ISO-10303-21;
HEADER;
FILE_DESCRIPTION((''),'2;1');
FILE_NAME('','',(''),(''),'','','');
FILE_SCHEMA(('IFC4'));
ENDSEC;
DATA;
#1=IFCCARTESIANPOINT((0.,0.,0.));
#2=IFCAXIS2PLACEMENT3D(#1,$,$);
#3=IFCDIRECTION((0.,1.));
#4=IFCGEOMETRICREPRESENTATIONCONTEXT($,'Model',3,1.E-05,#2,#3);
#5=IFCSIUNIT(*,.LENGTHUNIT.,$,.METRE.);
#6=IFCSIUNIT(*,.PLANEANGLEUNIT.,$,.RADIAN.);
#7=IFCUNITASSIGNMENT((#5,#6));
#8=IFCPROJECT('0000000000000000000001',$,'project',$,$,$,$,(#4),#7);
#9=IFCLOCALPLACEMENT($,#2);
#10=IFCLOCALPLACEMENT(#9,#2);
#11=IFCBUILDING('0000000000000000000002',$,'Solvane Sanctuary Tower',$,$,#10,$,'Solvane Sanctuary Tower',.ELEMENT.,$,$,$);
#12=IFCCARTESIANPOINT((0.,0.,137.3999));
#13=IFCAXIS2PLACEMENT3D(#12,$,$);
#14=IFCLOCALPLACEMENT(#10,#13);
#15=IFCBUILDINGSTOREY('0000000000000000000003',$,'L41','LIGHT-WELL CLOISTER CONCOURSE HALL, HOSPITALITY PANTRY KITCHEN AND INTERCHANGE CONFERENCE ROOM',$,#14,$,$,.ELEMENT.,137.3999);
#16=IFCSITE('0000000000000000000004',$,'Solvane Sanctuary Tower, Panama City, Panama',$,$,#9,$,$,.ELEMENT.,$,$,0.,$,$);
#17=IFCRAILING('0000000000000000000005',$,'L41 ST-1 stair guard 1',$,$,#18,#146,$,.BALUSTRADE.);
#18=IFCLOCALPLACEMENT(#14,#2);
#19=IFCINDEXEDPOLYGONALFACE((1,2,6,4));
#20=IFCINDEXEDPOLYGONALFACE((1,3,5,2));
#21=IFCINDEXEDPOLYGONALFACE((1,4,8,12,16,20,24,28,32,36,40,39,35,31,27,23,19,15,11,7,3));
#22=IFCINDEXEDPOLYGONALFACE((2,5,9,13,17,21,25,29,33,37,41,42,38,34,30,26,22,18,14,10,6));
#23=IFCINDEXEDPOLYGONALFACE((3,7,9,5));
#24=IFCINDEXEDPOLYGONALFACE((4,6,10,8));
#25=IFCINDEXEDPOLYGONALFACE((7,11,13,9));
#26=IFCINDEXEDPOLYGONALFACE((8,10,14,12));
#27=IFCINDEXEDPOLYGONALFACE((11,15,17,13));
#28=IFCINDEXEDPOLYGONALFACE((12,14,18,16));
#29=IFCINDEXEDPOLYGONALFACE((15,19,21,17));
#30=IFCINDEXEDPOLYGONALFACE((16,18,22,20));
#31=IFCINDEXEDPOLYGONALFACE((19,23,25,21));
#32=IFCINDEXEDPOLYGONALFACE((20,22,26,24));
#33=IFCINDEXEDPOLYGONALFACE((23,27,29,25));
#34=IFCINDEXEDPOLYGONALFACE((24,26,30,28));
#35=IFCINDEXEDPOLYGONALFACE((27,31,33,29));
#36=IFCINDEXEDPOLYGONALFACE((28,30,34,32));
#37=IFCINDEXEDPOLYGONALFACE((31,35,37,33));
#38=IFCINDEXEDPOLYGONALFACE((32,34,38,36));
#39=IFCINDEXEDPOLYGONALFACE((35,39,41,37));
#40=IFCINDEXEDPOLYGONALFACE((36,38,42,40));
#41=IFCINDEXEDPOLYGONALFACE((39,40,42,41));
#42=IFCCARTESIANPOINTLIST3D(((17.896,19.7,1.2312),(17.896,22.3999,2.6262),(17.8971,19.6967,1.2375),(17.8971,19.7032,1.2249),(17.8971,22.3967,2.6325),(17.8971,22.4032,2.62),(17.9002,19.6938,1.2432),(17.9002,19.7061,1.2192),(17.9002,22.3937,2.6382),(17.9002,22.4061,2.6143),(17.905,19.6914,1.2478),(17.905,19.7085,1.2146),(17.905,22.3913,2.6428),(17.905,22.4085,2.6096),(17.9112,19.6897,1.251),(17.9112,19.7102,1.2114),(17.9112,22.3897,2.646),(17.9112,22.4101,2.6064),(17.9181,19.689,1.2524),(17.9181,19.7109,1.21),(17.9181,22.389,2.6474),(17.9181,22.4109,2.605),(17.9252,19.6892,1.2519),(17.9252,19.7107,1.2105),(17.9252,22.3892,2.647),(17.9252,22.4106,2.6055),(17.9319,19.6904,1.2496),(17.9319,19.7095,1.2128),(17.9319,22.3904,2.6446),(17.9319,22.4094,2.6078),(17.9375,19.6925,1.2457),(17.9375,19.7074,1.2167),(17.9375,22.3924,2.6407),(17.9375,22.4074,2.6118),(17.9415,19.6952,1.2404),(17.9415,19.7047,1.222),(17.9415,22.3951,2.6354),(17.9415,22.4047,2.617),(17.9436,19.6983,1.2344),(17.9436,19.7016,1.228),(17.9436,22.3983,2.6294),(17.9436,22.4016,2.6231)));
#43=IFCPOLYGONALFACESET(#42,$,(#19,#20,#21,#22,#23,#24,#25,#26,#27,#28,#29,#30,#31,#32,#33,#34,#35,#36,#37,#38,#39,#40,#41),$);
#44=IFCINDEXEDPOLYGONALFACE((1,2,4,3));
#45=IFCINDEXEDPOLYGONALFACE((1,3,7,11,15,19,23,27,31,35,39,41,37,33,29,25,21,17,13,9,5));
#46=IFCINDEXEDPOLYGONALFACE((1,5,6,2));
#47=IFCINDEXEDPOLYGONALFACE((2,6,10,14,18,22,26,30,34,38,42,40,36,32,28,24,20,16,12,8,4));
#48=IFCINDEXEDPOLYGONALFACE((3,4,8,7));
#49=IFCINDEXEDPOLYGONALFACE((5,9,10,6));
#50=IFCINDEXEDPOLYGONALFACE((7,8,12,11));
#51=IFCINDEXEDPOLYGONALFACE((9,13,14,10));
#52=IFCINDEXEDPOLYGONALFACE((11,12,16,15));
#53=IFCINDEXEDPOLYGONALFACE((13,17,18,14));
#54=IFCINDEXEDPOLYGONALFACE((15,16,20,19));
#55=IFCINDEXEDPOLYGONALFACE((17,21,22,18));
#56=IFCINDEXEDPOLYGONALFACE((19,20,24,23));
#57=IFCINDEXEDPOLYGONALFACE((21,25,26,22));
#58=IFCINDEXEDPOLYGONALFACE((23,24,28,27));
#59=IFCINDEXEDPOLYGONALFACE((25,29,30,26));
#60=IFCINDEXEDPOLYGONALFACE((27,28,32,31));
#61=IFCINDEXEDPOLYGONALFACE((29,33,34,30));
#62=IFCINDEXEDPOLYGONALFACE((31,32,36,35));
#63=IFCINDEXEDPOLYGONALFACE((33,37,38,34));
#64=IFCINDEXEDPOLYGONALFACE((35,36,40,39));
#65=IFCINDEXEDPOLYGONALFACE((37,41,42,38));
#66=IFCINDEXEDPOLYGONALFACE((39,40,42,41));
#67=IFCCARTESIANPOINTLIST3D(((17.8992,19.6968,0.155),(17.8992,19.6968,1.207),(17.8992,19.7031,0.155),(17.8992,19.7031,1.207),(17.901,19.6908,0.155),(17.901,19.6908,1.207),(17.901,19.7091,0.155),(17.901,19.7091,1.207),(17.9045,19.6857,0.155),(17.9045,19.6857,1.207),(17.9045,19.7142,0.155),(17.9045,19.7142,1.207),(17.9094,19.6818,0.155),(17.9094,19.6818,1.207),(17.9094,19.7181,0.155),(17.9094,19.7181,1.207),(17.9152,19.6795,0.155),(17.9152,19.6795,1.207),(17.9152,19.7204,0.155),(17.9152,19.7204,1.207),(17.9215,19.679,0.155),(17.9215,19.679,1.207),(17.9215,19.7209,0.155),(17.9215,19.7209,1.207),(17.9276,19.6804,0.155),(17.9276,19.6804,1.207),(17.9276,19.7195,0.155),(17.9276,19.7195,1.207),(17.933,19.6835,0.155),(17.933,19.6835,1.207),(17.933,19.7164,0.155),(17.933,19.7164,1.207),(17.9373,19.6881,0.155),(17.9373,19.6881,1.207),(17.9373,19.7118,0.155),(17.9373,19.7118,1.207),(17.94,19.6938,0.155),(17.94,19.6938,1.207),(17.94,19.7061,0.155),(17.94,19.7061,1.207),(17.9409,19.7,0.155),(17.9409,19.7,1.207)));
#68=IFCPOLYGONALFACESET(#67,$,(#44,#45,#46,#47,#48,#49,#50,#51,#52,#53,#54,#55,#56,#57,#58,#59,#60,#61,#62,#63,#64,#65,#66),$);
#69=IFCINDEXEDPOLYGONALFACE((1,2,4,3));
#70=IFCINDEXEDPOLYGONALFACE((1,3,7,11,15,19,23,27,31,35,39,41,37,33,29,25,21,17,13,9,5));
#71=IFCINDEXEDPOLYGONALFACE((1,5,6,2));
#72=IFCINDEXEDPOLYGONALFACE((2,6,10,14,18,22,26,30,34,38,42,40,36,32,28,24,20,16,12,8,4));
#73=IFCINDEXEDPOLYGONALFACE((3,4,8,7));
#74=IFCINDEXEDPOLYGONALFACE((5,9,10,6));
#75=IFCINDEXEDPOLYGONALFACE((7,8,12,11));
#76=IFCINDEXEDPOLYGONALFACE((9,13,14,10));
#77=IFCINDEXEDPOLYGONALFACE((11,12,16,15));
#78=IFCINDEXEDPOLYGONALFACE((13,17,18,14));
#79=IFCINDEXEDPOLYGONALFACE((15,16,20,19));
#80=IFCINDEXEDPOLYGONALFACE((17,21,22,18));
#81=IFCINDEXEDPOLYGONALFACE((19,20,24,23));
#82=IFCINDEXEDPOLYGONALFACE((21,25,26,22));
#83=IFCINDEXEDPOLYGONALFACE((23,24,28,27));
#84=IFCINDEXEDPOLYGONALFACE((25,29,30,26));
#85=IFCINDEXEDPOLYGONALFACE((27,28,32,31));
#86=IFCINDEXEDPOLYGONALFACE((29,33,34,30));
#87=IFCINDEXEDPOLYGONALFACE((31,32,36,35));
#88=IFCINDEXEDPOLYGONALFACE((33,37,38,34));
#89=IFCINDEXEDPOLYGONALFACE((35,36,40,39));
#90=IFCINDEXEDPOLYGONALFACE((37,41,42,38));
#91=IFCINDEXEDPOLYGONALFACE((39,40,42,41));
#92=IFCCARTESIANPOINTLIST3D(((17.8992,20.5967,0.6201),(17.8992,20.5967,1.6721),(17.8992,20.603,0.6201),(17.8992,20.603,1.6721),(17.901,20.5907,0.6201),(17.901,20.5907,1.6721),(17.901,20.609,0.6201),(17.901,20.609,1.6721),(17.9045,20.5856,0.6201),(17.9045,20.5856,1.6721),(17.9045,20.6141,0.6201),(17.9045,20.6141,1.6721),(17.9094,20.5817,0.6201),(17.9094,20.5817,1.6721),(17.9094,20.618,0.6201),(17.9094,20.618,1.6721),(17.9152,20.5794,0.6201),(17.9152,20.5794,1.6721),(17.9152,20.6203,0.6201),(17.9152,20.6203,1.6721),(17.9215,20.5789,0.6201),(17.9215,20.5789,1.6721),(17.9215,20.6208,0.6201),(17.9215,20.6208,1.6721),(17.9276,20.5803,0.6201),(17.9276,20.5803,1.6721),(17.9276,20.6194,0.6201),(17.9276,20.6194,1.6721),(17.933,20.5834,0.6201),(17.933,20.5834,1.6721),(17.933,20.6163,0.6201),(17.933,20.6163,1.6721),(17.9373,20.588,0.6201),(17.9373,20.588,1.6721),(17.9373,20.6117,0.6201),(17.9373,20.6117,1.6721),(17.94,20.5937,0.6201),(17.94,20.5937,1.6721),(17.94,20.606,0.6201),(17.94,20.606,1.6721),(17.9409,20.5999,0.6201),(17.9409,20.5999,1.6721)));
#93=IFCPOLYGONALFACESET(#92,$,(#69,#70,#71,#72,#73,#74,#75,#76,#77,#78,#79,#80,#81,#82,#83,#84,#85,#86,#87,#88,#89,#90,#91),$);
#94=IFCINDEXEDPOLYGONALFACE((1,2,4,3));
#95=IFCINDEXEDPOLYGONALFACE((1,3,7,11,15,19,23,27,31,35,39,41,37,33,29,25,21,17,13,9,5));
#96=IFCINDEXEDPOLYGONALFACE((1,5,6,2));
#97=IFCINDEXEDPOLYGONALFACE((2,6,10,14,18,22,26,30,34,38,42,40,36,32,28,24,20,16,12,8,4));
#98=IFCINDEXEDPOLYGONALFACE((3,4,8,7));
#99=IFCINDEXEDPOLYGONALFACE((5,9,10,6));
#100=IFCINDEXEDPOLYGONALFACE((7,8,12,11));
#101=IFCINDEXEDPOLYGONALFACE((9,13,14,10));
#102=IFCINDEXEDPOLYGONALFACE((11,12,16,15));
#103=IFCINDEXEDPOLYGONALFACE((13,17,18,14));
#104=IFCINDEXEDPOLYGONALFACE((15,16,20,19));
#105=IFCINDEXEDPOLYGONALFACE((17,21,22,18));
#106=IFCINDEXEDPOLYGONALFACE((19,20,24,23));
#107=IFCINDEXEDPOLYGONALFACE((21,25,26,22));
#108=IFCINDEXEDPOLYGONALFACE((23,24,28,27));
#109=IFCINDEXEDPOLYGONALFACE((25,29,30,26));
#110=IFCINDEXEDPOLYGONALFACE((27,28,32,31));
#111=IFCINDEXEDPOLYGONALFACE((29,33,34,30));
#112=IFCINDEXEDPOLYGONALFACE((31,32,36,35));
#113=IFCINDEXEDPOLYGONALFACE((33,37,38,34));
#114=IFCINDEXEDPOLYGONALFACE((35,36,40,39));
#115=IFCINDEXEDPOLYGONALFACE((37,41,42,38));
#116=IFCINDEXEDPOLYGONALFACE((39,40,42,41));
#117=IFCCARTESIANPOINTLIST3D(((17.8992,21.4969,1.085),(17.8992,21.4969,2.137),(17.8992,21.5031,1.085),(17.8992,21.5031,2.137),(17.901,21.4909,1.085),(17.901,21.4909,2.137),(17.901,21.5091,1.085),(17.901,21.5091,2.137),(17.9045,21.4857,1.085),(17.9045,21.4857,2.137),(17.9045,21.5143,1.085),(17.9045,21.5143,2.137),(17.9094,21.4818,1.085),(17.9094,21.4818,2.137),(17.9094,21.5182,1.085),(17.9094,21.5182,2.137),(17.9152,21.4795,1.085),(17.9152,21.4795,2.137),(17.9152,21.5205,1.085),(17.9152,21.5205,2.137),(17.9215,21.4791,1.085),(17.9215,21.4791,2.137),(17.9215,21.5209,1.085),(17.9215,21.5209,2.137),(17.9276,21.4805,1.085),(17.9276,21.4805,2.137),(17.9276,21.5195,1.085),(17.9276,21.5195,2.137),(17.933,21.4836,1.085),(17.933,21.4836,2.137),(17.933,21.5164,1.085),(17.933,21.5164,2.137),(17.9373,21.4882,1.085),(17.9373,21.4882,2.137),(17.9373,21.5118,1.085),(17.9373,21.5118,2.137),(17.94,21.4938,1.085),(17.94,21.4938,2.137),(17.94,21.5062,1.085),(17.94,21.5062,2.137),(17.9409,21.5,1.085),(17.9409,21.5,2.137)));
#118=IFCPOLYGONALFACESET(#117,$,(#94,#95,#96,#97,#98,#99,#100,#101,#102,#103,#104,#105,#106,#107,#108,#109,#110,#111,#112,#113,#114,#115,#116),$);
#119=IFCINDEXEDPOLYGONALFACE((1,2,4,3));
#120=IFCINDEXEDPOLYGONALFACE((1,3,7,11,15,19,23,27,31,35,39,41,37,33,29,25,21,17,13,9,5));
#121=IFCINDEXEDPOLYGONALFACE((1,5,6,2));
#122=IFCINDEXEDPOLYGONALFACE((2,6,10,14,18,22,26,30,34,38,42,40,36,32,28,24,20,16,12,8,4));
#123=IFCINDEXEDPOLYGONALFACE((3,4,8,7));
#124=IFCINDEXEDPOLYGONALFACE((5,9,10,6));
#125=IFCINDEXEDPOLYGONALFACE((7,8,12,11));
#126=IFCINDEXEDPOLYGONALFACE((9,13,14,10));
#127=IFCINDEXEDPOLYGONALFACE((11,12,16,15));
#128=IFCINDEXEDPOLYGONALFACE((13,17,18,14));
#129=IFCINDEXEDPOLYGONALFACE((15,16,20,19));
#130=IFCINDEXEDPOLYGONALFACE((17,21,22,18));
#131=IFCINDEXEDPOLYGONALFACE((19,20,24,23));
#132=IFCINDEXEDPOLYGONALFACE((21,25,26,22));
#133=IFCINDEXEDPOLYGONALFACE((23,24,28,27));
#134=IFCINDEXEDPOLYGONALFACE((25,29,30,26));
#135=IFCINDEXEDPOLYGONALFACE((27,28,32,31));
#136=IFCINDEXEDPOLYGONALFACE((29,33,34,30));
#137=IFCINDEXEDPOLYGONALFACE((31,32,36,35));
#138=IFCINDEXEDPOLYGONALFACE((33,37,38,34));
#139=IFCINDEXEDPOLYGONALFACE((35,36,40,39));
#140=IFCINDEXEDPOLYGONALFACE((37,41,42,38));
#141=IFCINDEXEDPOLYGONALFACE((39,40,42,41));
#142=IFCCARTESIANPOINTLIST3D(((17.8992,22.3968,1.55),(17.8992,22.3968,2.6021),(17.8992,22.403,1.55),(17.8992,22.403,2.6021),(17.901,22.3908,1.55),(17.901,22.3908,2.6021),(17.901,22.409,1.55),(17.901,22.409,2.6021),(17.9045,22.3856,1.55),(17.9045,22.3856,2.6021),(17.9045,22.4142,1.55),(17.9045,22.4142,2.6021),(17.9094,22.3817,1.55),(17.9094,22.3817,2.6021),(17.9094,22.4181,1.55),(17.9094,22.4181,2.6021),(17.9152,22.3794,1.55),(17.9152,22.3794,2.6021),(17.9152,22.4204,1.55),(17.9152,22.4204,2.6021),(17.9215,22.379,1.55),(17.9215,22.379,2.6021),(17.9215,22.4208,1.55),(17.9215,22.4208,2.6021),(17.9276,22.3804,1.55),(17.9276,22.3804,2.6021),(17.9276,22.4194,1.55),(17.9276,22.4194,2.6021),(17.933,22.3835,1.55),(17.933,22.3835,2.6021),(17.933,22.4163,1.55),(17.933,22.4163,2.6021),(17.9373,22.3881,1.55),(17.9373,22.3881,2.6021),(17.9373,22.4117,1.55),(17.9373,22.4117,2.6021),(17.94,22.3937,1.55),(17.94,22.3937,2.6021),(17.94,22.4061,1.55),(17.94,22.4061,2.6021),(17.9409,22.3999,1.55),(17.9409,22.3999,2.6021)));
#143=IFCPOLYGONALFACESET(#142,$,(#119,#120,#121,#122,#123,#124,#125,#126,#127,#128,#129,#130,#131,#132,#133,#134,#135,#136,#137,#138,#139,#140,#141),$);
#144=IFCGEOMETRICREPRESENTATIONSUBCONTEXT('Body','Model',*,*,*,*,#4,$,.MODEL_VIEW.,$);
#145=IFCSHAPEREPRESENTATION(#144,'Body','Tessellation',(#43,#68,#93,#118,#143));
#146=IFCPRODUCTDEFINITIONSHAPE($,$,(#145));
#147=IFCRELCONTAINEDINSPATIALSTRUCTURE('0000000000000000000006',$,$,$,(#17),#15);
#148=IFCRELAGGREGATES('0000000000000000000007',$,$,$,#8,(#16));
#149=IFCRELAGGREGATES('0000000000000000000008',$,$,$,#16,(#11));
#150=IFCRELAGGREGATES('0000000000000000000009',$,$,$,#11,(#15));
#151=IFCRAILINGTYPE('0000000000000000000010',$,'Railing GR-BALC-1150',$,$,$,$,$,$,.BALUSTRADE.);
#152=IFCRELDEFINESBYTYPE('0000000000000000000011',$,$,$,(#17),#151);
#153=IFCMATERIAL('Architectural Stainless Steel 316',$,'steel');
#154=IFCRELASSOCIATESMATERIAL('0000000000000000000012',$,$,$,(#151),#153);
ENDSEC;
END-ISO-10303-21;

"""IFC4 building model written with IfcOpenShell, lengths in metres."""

from ifc_helpers import new_model, si_unit, direction, frame, origin, origin_2d, place, context, subcontext, project, spatial, circle, extrude, material, type_object, element, save


model = new_model("IFC4")

# Units and contexts
model_context = context("Model", 3, precision=1e-05, world=origin(), true_north=direction((0.0, 1.0)))
body_context = subcontext(model_context, "Body", "Model", "MODEL_VIEW")
ifc_project = project(units=[si_unit("LENGTHUNIT", "METRE"), si_unit("PLANEANGLEUNIT", "RADIAN")], contexts=[model_context])

# Site, building, storey
site_placement = place(None, origin())
site = spatial("IfcSite", under=ifc_project, at=site_placement, Name="Solvane Sanctuary Tower, Panama City, Panama", CompositionType="ELEMENT", RefElevation=0.0)
building_placement = place(site_placement, origin())
building = spatial("IfcBuilding", under=site, at=building_placement, Name="Solvane Sanctuary Tower", LongName="Solvane Sanctuary Tower", CompositionType="ELEMENT")
storey_placement = place(building_placement, frame((0.0, 0.0, 137.3999)))
storey = spatial("IfcBuildingStorey", under=building, at=storey_placement, Name="L41", Description="LIGHT-WELL CLOISTER CONCOURSE HALL, HOSPITALITY PANTRY KITCHEN AND INTERCHANGE CONFERENCE ROOM", CompositionType="ELEMENT", Elevation=137.3999)

# Shared definitions
ifc_material_1 = material(Name="Architectural Stainless Steel 316", Category="steel")

# Railing
railing_type_1 = type_object("IfcRailingType", Name="Railing GR-BALC-1150", PredefinedType="BALUSTRADE", material=ifc_material_1)
railing_1_placement = place(storey_placement, frame((17.9199, 19.7, 0.155)))
element("IfcRailing", 1, at=railing_1_placement, inside=storey, type_object=railing_type_1, Name="L41 ST-1 stair guard 1", PredefinedType="BALUSTRADE", context=body_context, shape_type="SweptSolid", body=[
    extrude(circle(Radius=0.0239, at=origin_2d()), frame((0.0, 0.0, 1.0762), z_axis=(0.0, 0.88842, 0.459032), x_axis=(-1.0, 0.0, 0.0)), (0.0, 0.0, 1.0), 3.0391),
    extrude(circle(Radius=0.021, at=origin_2d()), origin(), (0.0, 0.0, 1.0), 1.052),
    extrude(circle(Radius=0.021, at=origin_2d()), frame((0.0, 0.8999, 0.4651)), (0.0, 0.0, 1.0), 1.052),
    extrude(circle(Radius=0.021, at=origin_2d()), frame((0.0, 1.8, 0.9299)), (0.0, 0.0, 1.0), 1.052),
    extrude(circle(Radius=0.021, at=origin_2d()), frame((0.0, 2.7, 1.395)), (0.0, 0.0, 1.0), 1.052),
])

save(model, "model.ifc")
